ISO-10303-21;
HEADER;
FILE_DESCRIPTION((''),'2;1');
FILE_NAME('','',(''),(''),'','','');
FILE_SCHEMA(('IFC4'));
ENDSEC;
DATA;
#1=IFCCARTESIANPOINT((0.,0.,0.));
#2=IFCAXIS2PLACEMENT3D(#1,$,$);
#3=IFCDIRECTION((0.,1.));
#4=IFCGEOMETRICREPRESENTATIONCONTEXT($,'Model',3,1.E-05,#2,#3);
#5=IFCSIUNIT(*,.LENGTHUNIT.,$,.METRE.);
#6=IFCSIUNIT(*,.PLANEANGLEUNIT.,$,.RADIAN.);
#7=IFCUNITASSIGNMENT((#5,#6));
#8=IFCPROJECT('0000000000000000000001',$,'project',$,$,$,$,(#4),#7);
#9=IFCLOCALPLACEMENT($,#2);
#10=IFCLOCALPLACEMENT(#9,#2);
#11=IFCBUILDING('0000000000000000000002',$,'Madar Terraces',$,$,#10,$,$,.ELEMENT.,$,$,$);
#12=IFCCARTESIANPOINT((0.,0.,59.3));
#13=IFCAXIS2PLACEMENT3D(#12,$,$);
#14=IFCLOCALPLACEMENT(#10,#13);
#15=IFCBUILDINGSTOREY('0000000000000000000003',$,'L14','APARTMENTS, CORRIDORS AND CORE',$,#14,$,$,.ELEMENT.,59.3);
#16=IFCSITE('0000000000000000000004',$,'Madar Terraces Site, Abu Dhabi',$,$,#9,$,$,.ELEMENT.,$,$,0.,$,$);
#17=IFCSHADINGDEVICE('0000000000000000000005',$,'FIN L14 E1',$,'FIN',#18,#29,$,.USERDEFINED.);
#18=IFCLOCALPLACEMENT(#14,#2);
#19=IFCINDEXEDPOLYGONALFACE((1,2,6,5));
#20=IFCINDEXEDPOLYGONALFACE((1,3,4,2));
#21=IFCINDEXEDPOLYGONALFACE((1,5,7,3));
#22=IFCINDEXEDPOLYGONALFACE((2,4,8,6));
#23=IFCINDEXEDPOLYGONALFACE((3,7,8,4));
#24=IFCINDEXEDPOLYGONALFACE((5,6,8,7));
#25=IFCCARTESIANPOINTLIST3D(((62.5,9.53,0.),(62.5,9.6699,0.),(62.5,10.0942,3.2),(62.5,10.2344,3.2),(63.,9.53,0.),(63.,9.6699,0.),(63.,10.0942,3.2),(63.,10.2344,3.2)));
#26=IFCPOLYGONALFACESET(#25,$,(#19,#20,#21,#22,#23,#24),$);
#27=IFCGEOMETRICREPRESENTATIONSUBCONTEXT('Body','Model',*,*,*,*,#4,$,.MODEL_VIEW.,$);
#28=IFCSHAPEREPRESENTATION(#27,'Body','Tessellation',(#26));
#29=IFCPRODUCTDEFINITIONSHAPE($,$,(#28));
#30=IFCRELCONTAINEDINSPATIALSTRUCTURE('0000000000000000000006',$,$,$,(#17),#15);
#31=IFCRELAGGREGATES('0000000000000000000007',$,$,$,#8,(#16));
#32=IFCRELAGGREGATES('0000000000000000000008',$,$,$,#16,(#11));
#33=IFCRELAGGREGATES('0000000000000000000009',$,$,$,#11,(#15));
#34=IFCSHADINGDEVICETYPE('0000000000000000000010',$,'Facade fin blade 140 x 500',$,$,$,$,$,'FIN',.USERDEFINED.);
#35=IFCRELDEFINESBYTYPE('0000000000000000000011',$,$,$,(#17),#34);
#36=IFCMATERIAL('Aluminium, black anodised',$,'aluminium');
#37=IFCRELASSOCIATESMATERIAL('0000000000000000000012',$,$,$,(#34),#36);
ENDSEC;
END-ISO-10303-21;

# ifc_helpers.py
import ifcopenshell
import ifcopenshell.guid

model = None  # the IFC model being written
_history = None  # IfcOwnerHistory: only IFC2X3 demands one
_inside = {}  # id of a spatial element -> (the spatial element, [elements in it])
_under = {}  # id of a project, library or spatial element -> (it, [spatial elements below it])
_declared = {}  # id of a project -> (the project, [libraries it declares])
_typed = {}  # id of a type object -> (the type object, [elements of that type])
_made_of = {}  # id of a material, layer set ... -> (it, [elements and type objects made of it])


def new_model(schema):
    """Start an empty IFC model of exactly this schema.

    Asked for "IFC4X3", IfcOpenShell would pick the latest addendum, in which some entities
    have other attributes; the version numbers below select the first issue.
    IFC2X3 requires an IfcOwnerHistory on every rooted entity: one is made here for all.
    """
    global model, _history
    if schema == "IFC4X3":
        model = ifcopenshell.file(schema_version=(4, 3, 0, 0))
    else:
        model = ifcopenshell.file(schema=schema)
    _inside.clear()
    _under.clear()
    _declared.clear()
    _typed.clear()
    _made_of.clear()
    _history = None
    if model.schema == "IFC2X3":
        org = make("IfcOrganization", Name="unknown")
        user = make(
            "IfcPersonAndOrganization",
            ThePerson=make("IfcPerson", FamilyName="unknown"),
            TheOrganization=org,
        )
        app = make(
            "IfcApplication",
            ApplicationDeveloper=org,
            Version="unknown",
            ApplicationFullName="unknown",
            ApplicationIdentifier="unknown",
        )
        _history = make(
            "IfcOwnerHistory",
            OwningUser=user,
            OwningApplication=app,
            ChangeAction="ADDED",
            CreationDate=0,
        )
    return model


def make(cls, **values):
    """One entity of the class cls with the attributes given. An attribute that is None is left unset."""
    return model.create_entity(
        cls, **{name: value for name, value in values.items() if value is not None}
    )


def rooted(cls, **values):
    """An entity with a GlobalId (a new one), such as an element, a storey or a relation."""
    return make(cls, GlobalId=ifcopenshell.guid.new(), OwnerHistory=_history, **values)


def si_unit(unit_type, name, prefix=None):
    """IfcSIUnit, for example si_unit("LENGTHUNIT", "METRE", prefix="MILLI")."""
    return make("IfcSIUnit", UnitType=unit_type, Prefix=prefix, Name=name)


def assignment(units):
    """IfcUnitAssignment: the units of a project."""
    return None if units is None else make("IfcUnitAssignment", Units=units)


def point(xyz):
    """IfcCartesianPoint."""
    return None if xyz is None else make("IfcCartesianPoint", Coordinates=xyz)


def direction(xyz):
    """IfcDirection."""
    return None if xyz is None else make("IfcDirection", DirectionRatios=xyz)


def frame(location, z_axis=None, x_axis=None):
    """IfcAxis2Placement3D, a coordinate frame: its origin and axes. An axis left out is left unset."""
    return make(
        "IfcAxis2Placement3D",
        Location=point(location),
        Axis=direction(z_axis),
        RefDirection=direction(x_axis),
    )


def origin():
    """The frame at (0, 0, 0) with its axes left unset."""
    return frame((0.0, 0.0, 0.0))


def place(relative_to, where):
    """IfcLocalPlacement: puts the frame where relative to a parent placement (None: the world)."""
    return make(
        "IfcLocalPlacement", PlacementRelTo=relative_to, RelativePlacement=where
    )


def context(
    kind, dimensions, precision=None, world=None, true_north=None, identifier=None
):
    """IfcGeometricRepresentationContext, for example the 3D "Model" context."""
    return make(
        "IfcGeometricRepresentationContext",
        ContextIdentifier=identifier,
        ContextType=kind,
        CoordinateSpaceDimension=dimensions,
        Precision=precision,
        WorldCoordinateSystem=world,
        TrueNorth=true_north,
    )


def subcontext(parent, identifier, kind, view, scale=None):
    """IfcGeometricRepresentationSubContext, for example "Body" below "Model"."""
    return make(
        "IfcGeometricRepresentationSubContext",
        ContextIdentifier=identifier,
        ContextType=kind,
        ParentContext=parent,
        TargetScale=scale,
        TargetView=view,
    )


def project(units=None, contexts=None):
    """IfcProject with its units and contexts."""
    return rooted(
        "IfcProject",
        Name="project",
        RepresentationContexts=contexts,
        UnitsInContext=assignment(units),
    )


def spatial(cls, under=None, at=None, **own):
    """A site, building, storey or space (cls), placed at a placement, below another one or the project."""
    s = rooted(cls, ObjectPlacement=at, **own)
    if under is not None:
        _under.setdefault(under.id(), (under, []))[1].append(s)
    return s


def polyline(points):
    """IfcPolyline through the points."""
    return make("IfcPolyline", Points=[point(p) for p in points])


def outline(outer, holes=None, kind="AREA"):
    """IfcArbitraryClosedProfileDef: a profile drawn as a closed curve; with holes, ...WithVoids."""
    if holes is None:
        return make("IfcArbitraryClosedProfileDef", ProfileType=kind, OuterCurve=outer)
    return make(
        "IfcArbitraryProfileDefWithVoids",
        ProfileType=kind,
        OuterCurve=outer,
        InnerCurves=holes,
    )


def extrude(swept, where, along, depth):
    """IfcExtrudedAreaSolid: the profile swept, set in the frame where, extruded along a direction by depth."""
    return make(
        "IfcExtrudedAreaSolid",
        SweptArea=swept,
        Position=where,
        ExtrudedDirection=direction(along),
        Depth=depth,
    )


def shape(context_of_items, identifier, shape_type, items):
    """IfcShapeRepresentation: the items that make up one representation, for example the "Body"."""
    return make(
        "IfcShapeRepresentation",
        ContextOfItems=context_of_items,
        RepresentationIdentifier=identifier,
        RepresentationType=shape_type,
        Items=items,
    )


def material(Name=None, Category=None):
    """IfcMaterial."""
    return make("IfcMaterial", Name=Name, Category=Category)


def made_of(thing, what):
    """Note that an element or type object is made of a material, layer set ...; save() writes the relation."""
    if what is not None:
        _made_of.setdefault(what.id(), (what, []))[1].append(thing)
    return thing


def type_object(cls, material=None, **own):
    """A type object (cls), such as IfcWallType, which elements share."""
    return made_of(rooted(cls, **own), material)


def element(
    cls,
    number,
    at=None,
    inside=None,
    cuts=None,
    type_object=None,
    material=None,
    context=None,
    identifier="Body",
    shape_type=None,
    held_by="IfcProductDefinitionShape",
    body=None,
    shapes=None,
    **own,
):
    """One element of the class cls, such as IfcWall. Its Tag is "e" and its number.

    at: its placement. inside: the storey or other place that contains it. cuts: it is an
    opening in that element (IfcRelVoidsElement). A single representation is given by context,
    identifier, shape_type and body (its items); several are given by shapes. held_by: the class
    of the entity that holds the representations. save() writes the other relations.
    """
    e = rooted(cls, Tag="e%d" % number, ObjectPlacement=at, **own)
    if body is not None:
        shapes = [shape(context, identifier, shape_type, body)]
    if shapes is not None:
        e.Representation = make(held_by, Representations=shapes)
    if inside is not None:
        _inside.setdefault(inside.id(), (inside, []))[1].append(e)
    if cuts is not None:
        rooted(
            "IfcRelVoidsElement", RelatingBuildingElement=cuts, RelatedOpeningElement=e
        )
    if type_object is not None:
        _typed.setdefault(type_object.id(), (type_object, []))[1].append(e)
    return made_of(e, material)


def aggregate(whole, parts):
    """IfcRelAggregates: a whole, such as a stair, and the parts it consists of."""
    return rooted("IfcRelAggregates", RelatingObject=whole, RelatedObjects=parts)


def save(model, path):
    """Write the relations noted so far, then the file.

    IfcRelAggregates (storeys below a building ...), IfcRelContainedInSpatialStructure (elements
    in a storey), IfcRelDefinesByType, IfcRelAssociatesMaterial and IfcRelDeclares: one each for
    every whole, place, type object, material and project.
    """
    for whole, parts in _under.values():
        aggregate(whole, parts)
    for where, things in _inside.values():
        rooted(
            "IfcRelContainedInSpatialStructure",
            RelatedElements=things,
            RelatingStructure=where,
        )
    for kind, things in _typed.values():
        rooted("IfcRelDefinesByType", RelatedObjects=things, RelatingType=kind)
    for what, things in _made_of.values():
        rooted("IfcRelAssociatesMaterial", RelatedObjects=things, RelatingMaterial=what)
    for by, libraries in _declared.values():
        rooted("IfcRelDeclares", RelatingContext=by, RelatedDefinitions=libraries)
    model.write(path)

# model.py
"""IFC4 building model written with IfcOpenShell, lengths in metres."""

from ifc_helpers import new_model, si_unit, direction, frame, origin, place, context, subcontext, project, spatial, polyline, outline, extrude, material, type_object, element, save


model = new_model("IFC4")

# Units and contexts
model_context = context("Model", 3, precision=1e-05, world=origin(), true_north=direction((0.0, 1.0)))
body_context = subcontext(model_context, "Body", "Model", "MODEL_VIEW")
ifc_project = project(units=[si_unit("LENGTHUNIT", "METRE"), si_unit("PLANEANGLEUNIT", "RADIAN")], contexts=[model_context])

# Site, building, storey
site_placement = place(None, origin())
site = spatial("IfcSite", under=ifc_project, at=site_placement, Name="Madar Terraces Site, Abu Dhabi", CompositionType="ELEMENT", RefElevation=0.0)
building_placement = place(site_placement, origin())
building = spatial("IfcBuilding", under=site, at=building_placement, Name="Madar Terraces", CompositionType="ELEMENT")
storey_placement = place(building_placement, frame((0.0, 0.0, 59.3)))
storey = spatial("IfcBuildingStorey", under=building, at=storey_placement, Name="L14", Description="APARTMENTS, CORRIDORS AND CORE", CompositionType="ELEMENT", Elevation=59.3)

# Shading device
ifc_material_1 = material(Name="Aluminium, black anodised", Category="aluminium")
shading_device_type = type_object("IfcShadingDeviceType", Name="Facade fin blade 140 x 500", ElementType="FIN", PredefinedType="USERDEFINED", material=ifc_material_1)
shading_device_1_placement = place(storey_placement, frame((62.75, 9.53, 0.0), z_axis=(0.0, 0.0, 1.0), x_axis=(0.0, 1.0, 0.0)))
element("IfcShadingDevice", 1, at=shading_device_1_placement, inside=storey, type_object=shading_device_type, Name="FIN L14 E1", ObjectType="FIN", PredefinedType="USERDEFINED", context=body_context, shape_type="SweptSolid", body=[
    extrude(outline(polyline([(0.0, 0.0), (0.1399, 0.0), (0.7043, 3.2), (0.5642, 3.2), (0.0, 0.0)])), frame((0.0, 0.25, 0.0), z_axis=(0.0, -1.0, 0.0), x_axis=(1.0, 0.0, 0.0)), (0.0, 0.0, 1.0), 0.5),
])

save(model, "model.ifc")
